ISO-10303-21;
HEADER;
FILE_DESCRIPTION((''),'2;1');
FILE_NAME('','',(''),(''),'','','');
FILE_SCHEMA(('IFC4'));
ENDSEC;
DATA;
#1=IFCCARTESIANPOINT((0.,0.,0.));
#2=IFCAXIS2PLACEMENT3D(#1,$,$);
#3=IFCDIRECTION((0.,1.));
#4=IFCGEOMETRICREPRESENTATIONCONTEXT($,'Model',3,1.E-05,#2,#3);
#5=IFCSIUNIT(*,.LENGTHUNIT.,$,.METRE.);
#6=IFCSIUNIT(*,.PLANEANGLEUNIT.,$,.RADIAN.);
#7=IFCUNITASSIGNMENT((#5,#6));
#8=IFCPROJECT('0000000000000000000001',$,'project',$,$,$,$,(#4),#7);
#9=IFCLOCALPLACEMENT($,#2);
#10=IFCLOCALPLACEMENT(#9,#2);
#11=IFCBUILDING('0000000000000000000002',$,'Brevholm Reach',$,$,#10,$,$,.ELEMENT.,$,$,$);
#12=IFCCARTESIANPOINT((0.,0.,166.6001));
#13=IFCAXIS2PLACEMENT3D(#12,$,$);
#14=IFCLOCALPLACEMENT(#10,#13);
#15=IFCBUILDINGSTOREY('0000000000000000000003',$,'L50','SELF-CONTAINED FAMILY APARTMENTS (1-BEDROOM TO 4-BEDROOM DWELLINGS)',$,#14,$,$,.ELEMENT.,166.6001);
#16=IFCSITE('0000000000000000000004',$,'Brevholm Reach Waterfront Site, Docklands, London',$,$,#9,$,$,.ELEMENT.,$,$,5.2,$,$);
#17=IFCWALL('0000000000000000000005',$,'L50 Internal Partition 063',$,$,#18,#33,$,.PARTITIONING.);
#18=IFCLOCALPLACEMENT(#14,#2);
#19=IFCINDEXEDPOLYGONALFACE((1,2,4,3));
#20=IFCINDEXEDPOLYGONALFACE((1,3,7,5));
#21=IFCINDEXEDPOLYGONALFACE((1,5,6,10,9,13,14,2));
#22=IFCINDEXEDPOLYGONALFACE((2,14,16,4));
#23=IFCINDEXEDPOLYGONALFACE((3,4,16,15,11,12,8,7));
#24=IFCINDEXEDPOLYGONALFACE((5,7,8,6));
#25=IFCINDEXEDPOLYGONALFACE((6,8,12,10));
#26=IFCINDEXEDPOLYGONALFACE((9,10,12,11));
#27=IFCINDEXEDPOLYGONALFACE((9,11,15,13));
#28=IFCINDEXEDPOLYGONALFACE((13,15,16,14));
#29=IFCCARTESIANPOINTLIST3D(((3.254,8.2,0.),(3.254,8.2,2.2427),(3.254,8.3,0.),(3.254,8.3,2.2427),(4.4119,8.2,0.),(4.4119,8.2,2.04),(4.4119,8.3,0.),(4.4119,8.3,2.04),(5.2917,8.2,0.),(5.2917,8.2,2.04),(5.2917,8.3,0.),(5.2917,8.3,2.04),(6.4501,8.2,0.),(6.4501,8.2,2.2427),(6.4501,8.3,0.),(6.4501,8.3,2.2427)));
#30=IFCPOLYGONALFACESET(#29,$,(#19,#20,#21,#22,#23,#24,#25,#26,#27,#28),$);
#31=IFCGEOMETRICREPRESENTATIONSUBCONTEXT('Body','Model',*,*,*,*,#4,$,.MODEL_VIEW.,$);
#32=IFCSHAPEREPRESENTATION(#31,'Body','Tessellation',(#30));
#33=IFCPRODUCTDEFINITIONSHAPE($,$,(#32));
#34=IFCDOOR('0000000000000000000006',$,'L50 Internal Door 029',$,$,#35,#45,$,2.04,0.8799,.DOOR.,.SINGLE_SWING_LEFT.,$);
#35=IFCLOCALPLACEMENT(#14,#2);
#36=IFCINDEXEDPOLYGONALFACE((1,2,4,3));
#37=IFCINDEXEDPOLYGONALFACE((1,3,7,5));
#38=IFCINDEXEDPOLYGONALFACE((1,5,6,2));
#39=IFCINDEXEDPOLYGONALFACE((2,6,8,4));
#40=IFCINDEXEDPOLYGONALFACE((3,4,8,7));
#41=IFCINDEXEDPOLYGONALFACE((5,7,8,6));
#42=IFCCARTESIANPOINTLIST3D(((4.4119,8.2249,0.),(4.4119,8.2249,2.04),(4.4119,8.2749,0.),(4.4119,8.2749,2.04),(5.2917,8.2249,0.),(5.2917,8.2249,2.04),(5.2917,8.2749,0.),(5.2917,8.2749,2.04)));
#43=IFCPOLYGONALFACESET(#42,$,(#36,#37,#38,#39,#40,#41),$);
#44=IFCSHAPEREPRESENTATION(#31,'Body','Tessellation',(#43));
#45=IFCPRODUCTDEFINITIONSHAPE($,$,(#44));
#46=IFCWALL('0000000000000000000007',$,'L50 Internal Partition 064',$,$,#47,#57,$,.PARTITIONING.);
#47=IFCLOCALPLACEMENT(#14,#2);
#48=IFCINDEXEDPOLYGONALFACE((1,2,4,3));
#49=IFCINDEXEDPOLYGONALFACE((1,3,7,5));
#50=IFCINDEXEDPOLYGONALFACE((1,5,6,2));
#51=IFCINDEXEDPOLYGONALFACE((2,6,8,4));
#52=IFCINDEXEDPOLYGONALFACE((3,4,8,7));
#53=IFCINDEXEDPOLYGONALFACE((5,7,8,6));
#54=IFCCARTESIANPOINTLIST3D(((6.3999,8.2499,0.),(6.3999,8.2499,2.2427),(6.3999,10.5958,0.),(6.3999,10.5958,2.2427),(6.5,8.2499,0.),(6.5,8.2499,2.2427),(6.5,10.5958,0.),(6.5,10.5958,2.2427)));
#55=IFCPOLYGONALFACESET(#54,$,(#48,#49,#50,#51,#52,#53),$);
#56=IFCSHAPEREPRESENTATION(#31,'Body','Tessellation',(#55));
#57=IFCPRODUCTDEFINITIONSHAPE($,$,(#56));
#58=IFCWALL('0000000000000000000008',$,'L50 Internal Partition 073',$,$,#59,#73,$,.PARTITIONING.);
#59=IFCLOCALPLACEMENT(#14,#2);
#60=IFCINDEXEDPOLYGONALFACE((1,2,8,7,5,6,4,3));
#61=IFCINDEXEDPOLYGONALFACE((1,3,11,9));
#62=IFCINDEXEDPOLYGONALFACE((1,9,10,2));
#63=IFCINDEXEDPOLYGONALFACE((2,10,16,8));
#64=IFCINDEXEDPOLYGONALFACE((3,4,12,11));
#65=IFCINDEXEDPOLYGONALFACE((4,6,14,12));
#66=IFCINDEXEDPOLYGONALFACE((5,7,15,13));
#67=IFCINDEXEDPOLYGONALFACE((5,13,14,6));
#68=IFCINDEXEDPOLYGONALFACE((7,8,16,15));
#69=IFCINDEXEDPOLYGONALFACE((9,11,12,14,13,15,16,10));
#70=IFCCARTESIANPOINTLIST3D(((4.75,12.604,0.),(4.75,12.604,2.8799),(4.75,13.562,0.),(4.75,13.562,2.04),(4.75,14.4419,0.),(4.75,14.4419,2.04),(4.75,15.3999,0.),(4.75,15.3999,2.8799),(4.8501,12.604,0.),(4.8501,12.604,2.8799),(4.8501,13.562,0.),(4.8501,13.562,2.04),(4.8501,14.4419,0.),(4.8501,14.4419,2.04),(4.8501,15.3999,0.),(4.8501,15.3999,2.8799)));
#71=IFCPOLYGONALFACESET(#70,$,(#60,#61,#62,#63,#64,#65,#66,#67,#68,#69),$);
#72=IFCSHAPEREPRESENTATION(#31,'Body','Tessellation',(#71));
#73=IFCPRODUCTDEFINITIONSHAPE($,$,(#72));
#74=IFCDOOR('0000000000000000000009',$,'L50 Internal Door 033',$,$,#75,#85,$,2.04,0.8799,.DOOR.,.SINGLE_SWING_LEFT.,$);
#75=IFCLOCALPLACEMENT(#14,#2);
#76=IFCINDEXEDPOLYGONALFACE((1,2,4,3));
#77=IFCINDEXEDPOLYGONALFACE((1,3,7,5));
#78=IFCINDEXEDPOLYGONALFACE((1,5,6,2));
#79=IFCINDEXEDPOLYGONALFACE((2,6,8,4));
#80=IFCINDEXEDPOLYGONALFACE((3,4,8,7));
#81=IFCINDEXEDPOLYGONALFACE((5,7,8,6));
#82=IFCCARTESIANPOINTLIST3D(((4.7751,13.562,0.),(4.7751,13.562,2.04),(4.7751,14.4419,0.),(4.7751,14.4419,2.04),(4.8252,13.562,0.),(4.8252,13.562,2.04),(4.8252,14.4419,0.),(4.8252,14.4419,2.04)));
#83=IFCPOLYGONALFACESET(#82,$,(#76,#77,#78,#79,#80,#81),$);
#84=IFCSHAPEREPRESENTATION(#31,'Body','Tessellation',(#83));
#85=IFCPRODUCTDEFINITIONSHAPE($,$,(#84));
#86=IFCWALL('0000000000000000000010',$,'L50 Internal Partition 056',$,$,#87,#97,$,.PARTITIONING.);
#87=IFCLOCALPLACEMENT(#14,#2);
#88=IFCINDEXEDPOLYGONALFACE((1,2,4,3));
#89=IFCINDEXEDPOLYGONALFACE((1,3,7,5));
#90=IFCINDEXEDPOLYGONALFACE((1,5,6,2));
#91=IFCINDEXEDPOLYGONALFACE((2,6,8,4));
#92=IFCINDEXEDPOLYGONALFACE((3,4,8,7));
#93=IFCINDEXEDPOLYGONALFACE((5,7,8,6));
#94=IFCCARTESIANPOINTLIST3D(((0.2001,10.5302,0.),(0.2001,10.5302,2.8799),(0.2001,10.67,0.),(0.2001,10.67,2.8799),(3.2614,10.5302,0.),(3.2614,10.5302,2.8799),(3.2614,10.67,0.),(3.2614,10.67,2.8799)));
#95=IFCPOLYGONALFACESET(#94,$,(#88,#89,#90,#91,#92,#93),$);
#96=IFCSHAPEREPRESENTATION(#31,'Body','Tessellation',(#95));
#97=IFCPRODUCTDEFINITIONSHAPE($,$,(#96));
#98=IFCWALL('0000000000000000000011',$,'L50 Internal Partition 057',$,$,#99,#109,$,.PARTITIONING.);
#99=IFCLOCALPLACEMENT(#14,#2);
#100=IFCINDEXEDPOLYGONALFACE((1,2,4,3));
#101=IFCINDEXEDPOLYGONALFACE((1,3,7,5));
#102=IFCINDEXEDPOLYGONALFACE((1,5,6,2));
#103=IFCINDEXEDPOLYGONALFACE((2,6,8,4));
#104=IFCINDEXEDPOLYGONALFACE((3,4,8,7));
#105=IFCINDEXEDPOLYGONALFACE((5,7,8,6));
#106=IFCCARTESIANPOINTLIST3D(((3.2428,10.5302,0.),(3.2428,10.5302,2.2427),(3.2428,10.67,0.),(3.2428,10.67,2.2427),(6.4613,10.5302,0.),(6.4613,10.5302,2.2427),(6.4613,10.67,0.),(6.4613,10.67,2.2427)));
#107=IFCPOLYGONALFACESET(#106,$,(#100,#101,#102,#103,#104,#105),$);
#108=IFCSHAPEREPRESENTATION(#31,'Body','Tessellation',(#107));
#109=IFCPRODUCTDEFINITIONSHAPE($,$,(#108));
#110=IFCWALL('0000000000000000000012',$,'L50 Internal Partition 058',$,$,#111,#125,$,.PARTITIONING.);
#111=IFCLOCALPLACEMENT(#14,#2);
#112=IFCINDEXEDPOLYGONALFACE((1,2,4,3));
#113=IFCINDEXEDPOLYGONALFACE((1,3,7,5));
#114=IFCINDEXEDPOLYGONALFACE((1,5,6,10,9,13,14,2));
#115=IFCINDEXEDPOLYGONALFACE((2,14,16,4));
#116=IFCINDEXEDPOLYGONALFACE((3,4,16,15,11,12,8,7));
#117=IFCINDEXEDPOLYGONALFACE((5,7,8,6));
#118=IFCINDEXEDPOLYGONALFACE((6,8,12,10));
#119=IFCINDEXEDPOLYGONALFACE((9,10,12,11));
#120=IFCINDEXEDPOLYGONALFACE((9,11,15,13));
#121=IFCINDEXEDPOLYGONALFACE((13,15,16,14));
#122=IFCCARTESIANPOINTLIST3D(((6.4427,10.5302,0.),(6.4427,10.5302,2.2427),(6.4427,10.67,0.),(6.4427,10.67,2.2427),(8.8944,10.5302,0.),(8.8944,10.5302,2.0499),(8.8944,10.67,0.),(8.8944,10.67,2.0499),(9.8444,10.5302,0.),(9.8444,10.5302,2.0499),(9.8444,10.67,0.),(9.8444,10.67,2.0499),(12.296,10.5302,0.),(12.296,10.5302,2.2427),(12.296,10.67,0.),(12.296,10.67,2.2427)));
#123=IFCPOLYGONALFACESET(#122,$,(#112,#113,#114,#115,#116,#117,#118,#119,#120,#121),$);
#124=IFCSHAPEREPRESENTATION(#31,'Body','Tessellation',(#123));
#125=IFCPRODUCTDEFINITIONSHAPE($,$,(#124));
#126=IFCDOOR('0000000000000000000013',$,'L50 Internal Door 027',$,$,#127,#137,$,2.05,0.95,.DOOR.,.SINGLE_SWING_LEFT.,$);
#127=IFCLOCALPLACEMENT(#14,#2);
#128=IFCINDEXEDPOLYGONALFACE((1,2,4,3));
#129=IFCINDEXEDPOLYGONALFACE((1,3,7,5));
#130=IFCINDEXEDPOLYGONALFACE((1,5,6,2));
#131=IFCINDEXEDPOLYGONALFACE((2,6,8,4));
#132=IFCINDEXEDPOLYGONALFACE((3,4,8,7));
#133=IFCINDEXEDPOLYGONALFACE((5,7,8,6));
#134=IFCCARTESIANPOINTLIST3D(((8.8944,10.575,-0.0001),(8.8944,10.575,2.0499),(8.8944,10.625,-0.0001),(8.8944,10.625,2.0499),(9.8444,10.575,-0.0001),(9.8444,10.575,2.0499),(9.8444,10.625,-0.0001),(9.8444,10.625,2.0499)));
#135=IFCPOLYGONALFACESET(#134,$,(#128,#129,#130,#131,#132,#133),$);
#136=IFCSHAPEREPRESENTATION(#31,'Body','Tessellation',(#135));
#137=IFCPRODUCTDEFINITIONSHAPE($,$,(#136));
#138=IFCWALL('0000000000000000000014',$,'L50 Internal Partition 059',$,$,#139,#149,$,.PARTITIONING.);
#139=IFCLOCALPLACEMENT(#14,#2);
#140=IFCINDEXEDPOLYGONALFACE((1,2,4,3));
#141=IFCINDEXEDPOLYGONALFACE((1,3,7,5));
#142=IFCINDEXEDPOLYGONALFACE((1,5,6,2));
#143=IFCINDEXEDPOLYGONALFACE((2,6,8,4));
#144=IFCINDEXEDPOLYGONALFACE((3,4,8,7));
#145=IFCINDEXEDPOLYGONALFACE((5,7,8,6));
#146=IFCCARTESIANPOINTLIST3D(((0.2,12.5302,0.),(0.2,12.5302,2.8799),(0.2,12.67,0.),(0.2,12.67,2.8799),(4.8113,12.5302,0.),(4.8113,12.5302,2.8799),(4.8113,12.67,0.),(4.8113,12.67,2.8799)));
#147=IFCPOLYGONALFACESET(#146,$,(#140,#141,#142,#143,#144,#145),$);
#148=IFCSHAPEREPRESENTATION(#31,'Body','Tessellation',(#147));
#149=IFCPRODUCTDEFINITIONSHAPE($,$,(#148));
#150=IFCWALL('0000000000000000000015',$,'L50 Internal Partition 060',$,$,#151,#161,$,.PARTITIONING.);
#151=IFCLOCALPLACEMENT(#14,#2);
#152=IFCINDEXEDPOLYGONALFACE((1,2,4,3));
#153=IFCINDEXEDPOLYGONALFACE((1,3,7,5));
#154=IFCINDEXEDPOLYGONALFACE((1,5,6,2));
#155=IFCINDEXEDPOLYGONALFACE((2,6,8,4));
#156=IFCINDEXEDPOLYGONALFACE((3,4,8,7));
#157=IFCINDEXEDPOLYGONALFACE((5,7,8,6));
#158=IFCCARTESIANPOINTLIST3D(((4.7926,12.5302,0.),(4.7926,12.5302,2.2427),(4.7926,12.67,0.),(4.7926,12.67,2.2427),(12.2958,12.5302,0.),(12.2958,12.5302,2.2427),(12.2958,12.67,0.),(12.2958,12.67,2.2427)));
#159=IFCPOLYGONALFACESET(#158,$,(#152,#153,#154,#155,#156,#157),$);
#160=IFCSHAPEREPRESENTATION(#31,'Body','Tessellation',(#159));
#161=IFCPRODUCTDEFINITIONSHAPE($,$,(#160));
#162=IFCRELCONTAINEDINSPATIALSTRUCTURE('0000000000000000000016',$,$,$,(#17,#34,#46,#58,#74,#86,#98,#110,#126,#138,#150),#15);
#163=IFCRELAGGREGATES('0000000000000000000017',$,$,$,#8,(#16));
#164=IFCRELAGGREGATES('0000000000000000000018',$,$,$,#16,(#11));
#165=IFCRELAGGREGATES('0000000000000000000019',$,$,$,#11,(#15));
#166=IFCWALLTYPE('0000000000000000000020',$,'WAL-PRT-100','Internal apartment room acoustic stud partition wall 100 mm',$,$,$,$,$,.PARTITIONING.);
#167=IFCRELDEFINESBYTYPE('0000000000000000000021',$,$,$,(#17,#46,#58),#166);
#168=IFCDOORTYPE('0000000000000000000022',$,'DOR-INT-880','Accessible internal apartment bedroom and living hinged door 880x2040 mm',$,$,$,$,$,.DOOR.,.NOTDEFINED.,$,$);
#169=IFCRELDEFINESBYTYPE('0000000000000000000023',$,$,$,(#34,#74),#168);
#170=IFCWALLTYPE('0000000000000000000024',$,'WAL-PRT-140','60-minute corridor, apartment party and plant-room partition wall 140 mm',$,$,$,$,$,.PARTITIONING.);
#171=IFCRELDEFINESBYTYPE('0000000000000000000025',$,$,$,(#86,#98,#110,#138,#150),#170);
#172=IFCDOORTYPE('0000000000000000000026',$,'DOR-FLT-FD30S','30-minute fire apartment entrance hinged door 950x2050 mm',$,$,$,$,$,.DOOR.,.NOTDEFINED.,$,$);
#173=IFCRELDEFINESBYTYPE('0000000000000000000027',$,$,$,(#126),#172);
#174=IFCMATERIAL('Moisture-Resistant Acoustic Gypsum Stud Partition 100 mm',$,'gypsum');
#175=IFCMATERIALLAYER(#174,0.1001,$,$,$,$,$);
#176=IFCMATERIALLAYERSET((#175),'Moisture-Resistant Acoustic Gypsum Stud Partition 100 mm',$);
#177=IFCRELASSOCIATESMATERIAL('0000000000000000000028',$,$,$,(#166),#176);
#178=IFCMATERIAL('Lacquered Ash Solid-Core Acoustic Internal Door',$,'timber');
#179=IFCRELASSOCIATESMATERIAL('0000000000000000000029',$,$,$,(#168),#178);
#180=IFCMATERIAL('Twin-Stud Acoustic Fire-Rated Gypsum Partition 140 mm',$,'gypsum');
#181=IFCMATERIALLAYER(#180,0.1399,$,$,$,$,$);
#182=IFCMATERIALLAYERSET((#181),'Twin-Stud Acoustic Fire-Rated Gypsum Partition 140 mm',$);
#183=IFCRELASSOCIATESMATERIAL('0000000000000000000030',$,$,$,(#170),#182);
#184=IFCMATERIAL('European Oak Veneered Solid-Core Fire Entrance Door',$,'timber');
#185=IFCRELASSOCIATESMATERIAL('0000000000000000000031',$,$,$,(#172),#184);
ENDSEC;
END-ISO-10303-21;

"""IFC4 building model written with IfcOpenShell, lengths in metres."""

from ifc_helpers import new_model, si_unit, direction, frame, frame_2d, origin, place, context, subcontext, project, spatial, rectangle, extrude, material, layer, layer_set, type_object, element, fill, save


model = new_model("IFC4")

# Units and contexts
model_context = context("Model", 3, precision=1e-05, world=origin(), true_north=direction((0.0, 1.0)))
body_context = subcontext(model_context, "Body", "Model", "MODEL_VIEW")
ifc_project = project(units=[si_unit("LENGTHUNIT", "METRE"), si_unit("PLANEANGLEUNIT", "RADIAN")], contexts=[model_context])

# Site, building, storey
site_placement = place(None, origin())
site = spatial("IfcSite", under=ifc_project, at=site_placement, Name="Brevholm Reach Waterfront Site, Docklands, London", CompositionType="ELEMENT", RefElevation=5.2)
building_placement = place(site_placement, origin())
building = spatial("IfcBuilding", under=site, at=building_placement, Name="Brevholm Reach", CompositionType="ELEMENT")
storey_placement = place(building_placement, frame((0.0, 0.0, 166.6001)))
storey = spatial("IfcBuildingStorey", under=building, at=storey_placement, Name="L50", Description="SELF-CONTAINED FAMILY APARTMENTS (1-BEDROOM TO 4-BEDROOM DWELLINGS)", CompositionType="ELEMENT", Elevation=166.6001)

# Shared definitions
ifc_material_1 = material(Name="Moisture-Resistant Acoustic Gypsum Stud Partition 100 mm", Category="gypsum")
ifc_layer_1 = layer(ifc_material_1, 0.1001)
ifc_layer_set_1 = layer_set([ifc_layer_1], Name="Moisture-Resistant Acoustic Gypsum Stud Partition 100 mm")
wall_type_1 = type_object("IfcWallType", Name="WAL-PRT-100", Description="Internal apartment room acoustic stud partition wall 100 mm", PredefinedType="PARTITIONING", material=ifc_layer_set_1)

# Wall, opening, door
wall_1_placement = place(storey_placement, frame((3.2539, 8.25, 0.0), z_axis=(0.0, 0.0, 1.0), x_axis=(1.0, 0.0, 0.0)))
wall_1 = element("IfcWall", 1, at=wall_1_placement, inside=storey, type_object=wall_type_1, Name="L50 Internal Partition 063", PredefinedType="PARTITIONING", context=body_context, shape_type="SweptSolid", body=[
    extrude(rectangle(XDim=3.196, YDim=0.1001, at=frame_2d((1.5981, 0.0))), origin(), (0.0, 0.0, 1.0), 2.2427),
])
opening_1_placement = place(wall_1_placement, frame((1.158, 0.0, 0.0)))
opening_1 = element("IfcOpeningElement", 2, at=opening_1_placement, cuts=wall_1, PredefinedType="OPENING", context=body_context, shape_type="SweptSolid", body=[
    extrude(rectangle(XDim=0.8799, YDim=2.04, at=frame_2d((0.4399, 1.02))), frame((0.0, 0.0601, 0.0), z_axis=(0.0, -1.0, 0.0), x_axis=(1.0, 0.0, 0.0)), (0.0, 0.0, 1.0), 0.1201),
])
ifc_material_2 = material(Name="Lacquered Ash Solid-Core Acoustic Internal Door", Category="timber")
door_type_1 = type_object("IfcDoorType", Name="DOR-INT-880", Description="Accessible internal apartment bedroom and living hinged door 880x2040 mm", OperationType="NOTDEFINED", PredefinedType="DOOR", material=ifc_material_2)
door_1_placement = place(opening_1_placement, origin())
door_1 = element("IfcDoor", 3, at=door_1_placement, inside=storey, type_object=door_type_1, Name="L50 Internal Door 029", OperationType="SINGLE_SWING_LEFT", OverallHeight=2.04, OverallWidth=0.8799, PredefinedType="DOOR", context=body_context, shape_type="SweptSolid", body=[
    extrude(rectangle(XDim=0.8799, YDim=2.04, at=frame_2d((0.4399, 1.02))), frame((0.0, 0.0249, 0.0), z_axis=(0.0, -1.0, 0.0), x_axis=(1.0, 0.0, 0.0)), (0.0, 0.0, 1.0), 0.05),
])
fill(opening_1, door_1)

# Wall
wall_2_placement = place(storey_placement, frame((6.45, 8.25, 0.0), z_axis=(0.0, 0.0, 1.0), x_axis=(0.0, 1.0, 0.0)))
element("IfcWall", 4, at=wall_2_placement, inside=storey, type_object=wall_type_1, Name="L50 Internal Partition 064", PredefinedType="PARTITIONING", context=body_context, shape_type="SweptSolid", body=[
    extrude(rectangle(XDim=2.3459, YDim=0.1001, at=frame_2d((1.1729, 0.0))), origin(), (0.0, 0.0, 1.0), 2.2427),
])

# Wall, opening, door
wall_3_placement = place(storey_placement, frame((4.8, 12.604, 0.0), z_axis=(0.0, 0.0, 1.0), x_axis=(0.0, 1.0, 0.0)))
wall_3 = element("IfcWall", 5, at=wall_3_placement, inside=storey, type_object=wall_type_1, Name="L50 Internal Partition 073", PredefinedType="PARTITIONING", context=body_context, shape_type="SweptSolid", body=[
    extrude(rectangle(XDim=2.7959, YDim=0.1001, at=frame_2d((1.3979, 0.0))), origin(), (0.0, 0.0, 1.0), 2.8799),
])
opening_2_placement = place(wall_3_placement, frame((0.958, 0.0, 0.0)))
opening_2 = element("IfcOpeningElement", 6, at=opening_2_placement, cuts=wall_3, PredefinedType="OPENING", context=body_context, shape_type="SweptSolid", body=[
    extrude(rectangle(XDim=0.8799, YDim=2.04, at=frame_2d((0.4399, 1.02))), frame((0.0, 0.0601, 0.0), z_axis=(0.0, -1.0, 0.0), x_axis=(1.0, 0.0, 0.0)), (0.0, 0.0, 1.0), 0.1201),
])
door_2_placement = place(opening_2_placement, origin())
door_2 = element("IfcDoor", 7, at=door_2_placement, inside=storey, type_object=door_type_1, Name="L50 Internal Door 033", OperationType="SINGLE_SWING_LEFT", OverallHeight=2.04, OverallWidth=0.8799, PredefinedType="DOOR", context=body_context, shape_type="SweptSolid", body=[
    extrude(rectangle(XDim=0.8799, YDim=2.04, at=frame_2d((0.4399, 1.02))), frame((0.0, 0.0249, 0.0), z_axis=(0.0, -1.0, 0.0), x_axis=(1.0, 0.0, 0.0)), (0.0, 0.0, 1.0), 0.05),
])
fill(opening_2, door_2)

# Walls
ifc_material_3 = material(Name="Twin-Stud Acoustic Fire-Rated Gypsum Partition 140 mm", Category="gypsum")
ifc_layer_2 = layer(ifc_material_3, 0.1399)
ifc_layer_set_2 = layer_set([ifc_layer_2], Name="Twin-Stud Acoustic Fire-Rated Gypsum Partition 140 mm")
wall_type_2 = type_object("IfcWallType", Name="WAL-PRT-140", Description="60-minute corridor, apartment party and plant-room partition wall 140 mm", PredefinedType="PARTITIONING", material=ifc_layer_set_2)
wall_4_placement = place(storey_placement, frame((0.2, 10.6001, 0.0), z_axis=(0.0, 0.0, 1.0), x_axis=(1.0, 0.0, 0.0)))
element("IfcWall", 8, at=wall_4_placement, inside=storey, type_object=wall_type_2, Name="L50 Internal Partition 056", PredefinedType="PARTITIONING", context=body_context, shape_type="SweptSolid", body=[
    extrude(rectangle(XDim=3.0613, YDim=0.1399, at=frame_2d((1.5308, 0.0))), origin(), (0.0, 0.0, 1.0), 2.8799),
])
wall_5_placement = place(storey_placement, frame((3.2427, 10.6001, 0.0), z_axis=(0.0, 0.0, 1.0), x_axis=(1.0, 0.0, 0.0)))
element("IfcWall", 9, at=wall_5_placement, inside=storey, type_object=wall_type_2, Name="L50 Internal Partition 057", PredefinedType="PARTITIONING", context=body_context, shape_type="SweptSolid", body=[
    extrude(rectangle(XDim=3.2185, YDim=0.1399, at=frame_2d((1.6094, 0.0))), origin(), (0.0, 0.0, 1.0), 2.2427),
])

# Wall, opening, door
wall_6_placement = place(storey_placement, frame((6.4426, 10.6001, 0.0), z_axis=(0.0, 0.0, 1.0), x_axis=(1.0, 0.0, 0.0)))
wall_6 = element("IfcWall", 10, at=wall_6_placement, inside=storey, type_object=wall_type_2, Name="L50 Internal Partition 058", PredefinedType="PARTITIONING", context=body_context, shape_type="SweptSolid", body=[
    extrude(rectangle(XDim=5.8533, YDim=0.1399, at=frame_2d((2.9268, 0.0))), origin(), (0.0, 0.0, 1.0), 2.2427),
])
opening_3_placement = place(wall_6_placement, frame((2.4517, 0.0, 0.0)))
opening_3 = element("IfcOpeningElement", 11, at=opening_3_placement, cuts=wall_6, PredefinedType="OPENING", context=body_context, shape_type="SweptSolid", body=[
    extrude(rectangle(XDim=0.95, YDim=2.05, at=frame_2d((0.4751, 1.0249))), frame((0.0, 0.0798, 0.0), z_axis=(0.0, -1.0, 0.0), x_axis=(1.0, 0.0, 0.0)), (0.0, 0.0, 1.0), 0.1599),
])
ifc_material_4 = material(Name="European Oak Veneered Solid-Core Fire Entrance Door", Category="timber")
door_type_2 = type_object("IfcDoorType", Name="DOR-FLT-FD30S", Description="30-minute fire apartment entrance hinged door 950x2050 mm", OperationType="NOTDEFINED", PredefinedType="DOOR", material=ifc_material_4)
door_3_placement = place(opening_3_placement, origin())
door_3 = element("IfcDoor", 12, at=door_3_placement, inside=storey, type_object=door_type_2, Name="L50 Internal Door 027", OperationType="SINGLE_SWING_LEFT", OverallHeight=2.05, OverallWidth=0.95, PredefinedType="DOOR", context=body_context, shape_type="SweptSolid", body=[
    extrude(rectangle(XDim=0.95, YDim=2.05, at=frame_2d((0.4751, 1.0249))), frame((0.0, 0.0249, 0.0), z_axis=(0.0, -1.0, 0.0), x_axis=(1.0, 0.0, 0.0)), (0.0, 0.0, 1.0), 0.05),
])
fill(opening_3, door_3)

# Walls
wall_7_placement = place(storey_placement, frame((0.2, 12.6001, 0.0), z_axis=(0.0, 0.0, 1.0), x_axis=(1.0, 0.0, 0.0)))
element("IfcWall", 13, at=wall_7_placement, inside=storey, type_object=wall_type_2, Name="L50 Internal Partition 059", PredefinedType="PARTITIONING", context=body_context, shape_type="SweptSolid", body=[
    extrude(rectangle(XDim=4.6113, YDim=0.1399, at=frame_2d((2.3057, 0.0))), origin(), (0.0, 0.0, 1.0), 2.8799),
])
wall_8_placement = place(storey_placement, frame((4.7927, 12.6001, 0.0), z_axis=(0.0, 0.0, 1.0), x_axis=(1.0, 0.0, 0.0)))
element("IfcWall", 14, at=wall_8_placement, inside=storey, type_object=wall_type_2, Name="L50 Internal Partition 060", PredefinedType="PARTITIONING", context=body_context, shape_type="SweptSolid", body=[
    extrude(rectangle(XDim=7.5032, YDim=0.1399, at=frame_2d((3.7515, 0.0))), origin(), (0.0, 0.0, 1.0), 2.2427),
])

save(model, "model.ifc")
